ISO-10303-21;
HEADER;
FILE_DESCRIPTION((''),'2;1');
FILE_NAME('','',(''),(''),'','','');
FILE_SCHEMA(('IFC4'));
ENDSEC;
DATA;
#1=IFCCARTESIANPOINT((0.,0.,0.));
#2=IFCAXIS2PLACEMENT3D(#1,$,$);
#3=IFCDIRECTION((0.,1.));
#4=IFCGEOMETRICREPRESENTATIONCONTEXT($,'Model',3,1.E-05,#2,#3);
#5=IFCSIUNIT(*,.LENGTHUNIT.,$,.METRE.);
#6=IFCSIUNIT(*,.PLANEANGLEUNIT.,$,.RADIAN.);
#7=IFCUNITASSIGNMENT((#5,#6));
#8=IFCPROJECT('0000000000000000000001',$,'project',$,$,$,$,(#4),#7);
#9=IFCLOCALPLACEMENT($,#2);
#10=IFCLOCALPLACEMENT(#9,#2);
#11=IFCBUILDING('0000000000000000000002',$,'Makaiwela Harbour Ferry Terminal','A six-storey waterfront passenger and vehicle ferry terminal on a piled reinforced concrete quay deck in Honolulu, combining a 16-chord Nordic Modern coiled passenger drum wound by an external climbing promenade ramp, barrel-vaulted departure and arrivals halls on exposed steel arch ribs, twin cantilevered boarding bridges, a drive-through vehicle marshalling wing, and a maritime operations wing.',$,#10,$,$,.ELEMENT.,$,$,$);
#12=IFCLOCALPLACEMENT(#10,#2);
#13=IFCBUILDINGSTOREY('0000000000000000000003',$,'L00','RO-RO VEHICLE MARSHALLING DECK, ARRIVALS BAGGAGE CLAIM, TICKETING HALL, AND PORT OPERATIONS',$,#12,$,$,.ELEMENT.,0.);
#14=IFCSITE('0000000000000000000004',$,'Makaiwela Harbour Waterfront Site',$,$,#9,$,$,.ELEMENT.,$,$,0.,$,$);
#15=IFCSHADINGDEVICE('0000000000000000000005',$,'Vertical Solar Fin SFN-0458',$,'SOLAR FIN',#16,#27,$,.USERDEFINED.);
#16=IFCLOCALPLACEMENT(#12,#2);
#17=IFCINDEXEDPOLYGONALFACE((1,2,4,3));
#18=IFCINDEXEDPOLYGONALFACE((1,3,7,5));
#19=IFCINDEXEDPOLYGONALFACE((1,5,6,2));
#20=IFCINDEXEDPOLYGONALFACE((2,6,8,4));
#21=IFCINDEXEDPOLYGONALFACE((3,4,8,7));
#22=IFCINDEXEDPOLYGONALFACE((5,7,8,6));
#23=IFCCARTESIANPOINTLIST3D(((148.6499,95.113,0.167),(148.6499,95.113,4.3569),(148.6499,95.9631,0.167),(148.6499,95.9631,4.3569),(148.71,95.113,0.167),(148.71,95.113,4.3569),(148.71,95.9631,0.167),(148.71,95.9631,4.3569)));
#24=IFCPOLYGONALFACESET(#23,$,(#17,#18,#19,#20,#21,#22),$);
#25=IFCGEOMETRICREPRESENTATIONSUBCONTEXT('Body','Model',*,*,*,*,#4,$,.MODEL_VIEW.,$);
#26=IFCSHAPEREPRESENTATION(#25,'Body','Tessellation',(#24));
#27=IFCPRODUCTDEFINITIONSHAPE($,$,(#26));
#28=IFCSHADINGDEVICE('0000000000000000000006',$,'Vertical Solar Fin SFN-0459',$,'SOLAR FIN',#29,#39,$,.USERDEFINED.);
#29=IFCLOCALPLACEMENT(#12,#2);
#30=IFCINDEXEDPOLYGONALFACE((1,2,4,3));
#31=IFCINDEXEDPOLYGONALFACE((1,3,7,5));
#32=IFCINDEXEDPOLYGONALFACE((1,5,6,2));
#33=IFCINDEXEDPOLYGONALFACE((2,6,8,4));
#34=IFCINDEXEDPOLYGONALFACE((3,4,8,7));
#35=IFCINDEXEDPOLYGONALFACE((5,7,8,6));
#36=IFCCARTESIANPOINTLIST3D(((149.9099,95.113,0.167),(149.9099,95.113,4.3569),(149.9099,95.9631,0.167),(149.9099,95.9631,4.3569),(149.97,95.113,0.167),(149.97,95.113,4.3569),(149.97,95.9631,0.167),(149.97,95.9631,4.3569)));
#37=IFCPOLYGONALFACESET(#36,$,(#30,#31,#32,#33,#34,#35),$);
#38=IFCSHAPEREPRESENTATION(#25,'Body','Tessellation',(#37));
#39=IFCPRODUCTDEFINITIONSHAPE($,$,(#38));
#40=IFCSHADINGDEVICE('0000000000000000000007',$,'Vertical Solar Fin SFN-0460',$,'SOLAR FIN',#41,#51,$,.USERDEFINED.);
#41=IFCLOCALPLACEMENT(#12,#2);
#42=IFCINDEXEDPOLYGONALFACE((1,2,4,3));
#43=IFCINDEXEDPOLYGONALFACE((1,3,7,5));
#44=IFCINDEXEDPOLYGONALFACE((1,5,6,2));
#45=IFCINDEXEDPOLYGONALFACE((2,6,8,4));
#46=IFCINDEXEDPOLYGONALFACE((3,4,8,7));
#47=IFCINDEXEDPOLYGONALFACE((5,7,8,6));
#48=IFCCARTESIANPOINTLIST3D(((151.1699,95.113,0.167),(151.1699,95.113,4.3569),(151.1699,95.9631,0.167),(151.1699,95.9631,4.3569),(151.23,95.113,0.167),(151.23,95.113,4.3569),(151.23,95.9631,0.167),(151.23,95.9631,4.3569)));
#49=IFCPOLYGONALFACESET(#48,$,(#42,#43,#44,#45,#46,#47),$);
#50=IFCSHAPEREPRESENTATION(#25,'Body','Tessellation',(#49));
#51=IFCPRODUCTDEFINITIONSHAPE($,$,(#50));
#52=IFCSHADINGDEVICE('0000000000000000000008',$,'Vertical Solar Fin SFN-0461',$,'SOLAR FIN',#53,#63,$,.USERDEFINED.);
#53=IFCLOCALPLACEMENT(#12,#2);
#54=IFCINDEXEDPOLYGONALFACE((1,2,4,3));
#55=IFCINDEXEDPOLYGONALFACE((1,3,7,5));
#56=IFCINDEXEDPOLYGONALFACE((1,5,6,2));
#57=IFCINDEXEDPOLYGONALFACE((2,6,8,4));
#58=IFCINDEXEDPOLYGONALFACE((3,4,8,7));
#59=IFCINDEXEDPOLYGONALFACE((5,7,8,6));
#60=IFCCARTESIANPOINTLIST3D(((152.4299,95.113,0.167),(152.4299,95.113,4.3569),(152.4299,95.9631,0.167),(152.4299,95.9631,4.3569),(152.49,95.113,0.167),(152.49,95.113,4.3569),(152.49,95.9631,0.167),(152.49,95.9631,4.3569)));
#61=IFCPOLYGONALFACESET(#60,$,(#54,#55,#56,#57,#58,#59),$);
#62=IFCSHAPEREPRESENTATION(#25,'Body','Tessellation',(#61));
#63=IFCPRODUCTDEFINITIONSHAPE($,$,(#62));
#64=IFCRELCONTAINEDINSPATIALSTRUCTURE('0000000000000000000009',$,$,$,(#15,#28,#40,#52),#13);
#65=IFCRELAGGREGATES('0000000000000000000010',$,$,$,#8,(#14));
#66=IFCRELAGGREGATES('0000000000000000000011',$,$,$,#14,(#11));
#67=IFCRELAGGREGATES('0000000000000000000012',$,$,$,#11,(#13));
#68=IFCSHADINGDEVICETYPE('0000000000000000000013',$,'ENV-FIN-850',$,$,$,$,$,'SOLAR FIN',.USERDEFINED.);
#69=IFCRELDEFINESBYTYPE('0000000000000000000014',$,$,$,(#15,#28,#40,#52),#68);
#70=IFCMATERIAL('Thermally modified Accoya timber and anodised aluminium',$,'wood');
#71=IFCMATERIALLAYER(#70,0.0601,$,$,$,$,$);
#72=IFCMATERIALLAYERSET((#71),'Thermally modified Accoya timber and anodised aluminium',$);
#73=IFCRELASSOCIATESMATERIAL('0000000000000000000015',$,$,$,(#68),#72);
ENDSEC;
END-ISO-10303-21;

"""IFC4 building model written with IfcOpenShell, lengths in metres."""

from ifc_helpers import new_model, si_unit, direction, frame, origin, origin_2d, place, context, subcontext, project, spatial, rectangle, extrude, material, layer, layer_set, type_object, element, save


model = new_model("IFC4")

# Units and contexts
model_context = context("Model", 3, precision=1e-05, world=origin(), true_north=direction((0.0, 1.0)))
body_context = subcontext(model_context, "Body", "Model", "MODEL_VIEW")
ifc_project = project(units=[si_unit("LENGTHUNIT", "METRE"), si_unit("PLANEANGLEUNIT", "RADIAN")], contexts=[model_context])

# Site, building, storey
site_placement = place(None, origin())
site = spatial("IfcSite", under=ifc_project, at=site_placement, Name="Makaiwela Harbour Waterfront Site", CompositionType="ELEMENT", RefElevation=0.0)
building_placement = place(site_placement, origin())
building = spatial("IfcBuilding", under=site, at=building_placement, Name="Makaiwela Harbour Ferry Terminal", Description="A six-storey waterfront passenger and vehicle ferry terminal on a piled reinforced concrete quay deck in Honolulu, combining a 16-chord Nordic Modern coiled passenger drum wound by an external climbing promenade ramp, barrel-vaulted departure and arrivals halls on exposed steel arch ribs, twin cantilevered boarding bridges, a drive-through vehicle marshalling wing, and a maritime operations wing.", CompositionType="ELEMENT")
storey_placement = place(building_placement, origin())
storey = spatial("IfcBuildingStorey", under=building, at=storey_placement, Name="L00", Description="RO-RO VEHICLE MARSHALLING DECK, ARRIVALS BAGGAGE CLAIM, TICKETING HALL, AND PORT OPERATIONS", CompositionType="ELEMENT", Elevation=0.0)

# Shading devices
ifc_material_1 = material(Name="Thermally modified Accoya timber and anodised aluminium", Category="wood")
ifc_layer_1 = layer(ifc_material_1, 0.0601)
ifc_layer_set_1 = layer_set([ifc_layer_1], Name="Thermally modified Accoya timber and anodised aluminium")
shading_device_type = type_object("IfcShadingDeviceType", Name="ENV-FIN-850", ElementType="SOLAR FIN", PredefinedType="USERDEFINED", material=ifc_layer_set_1)
for number, where, z_axis, x_axis, name in (
    (1, (148.6799, 95.5381, 0.167), (0.0, 0.0, 1.0), (0.0, 1.0, 0.0), "Vertical Solar Fin SFN-0458"),
    (2, (149.9399, 95.5381, 0.167), (0.0, 0.0, 1.0), (0.0, 1.0, 0.0), "Vertical Solar Fin SFN-0459"),
    (3, (151.2, 95.5381, 0.167), (0.0, 0.0, 1.0), (0.0, 1.0, 0.0), "Vertical Solar Fin SFN-0460"),
    (4, (152.46, 95.5381, 0.167), (0.0, 0.0, 1.0), (0.0, 1.0, 0.0), "Vertical Solar Fin SFN-0461"),
):
    element("IfcShadingDevice", number, at=place(storey_placement, frame(where, z_axis=z_axis, x_axis=x_axis)), inside=storey, type_object=shading_device_type, Name=name, ObjectType="SOLAR FIN", PredefinedType="USERDEFINED", context=body_context, shape_type="SweptSolid", body=[
        extrude(rectangle(XDim=0.8501, YDim=0.0601, at=origin_2d()), origin(), (0.0, 0.0, 1.0), 4.1899),
    ])

save(model, "model.ifc")
